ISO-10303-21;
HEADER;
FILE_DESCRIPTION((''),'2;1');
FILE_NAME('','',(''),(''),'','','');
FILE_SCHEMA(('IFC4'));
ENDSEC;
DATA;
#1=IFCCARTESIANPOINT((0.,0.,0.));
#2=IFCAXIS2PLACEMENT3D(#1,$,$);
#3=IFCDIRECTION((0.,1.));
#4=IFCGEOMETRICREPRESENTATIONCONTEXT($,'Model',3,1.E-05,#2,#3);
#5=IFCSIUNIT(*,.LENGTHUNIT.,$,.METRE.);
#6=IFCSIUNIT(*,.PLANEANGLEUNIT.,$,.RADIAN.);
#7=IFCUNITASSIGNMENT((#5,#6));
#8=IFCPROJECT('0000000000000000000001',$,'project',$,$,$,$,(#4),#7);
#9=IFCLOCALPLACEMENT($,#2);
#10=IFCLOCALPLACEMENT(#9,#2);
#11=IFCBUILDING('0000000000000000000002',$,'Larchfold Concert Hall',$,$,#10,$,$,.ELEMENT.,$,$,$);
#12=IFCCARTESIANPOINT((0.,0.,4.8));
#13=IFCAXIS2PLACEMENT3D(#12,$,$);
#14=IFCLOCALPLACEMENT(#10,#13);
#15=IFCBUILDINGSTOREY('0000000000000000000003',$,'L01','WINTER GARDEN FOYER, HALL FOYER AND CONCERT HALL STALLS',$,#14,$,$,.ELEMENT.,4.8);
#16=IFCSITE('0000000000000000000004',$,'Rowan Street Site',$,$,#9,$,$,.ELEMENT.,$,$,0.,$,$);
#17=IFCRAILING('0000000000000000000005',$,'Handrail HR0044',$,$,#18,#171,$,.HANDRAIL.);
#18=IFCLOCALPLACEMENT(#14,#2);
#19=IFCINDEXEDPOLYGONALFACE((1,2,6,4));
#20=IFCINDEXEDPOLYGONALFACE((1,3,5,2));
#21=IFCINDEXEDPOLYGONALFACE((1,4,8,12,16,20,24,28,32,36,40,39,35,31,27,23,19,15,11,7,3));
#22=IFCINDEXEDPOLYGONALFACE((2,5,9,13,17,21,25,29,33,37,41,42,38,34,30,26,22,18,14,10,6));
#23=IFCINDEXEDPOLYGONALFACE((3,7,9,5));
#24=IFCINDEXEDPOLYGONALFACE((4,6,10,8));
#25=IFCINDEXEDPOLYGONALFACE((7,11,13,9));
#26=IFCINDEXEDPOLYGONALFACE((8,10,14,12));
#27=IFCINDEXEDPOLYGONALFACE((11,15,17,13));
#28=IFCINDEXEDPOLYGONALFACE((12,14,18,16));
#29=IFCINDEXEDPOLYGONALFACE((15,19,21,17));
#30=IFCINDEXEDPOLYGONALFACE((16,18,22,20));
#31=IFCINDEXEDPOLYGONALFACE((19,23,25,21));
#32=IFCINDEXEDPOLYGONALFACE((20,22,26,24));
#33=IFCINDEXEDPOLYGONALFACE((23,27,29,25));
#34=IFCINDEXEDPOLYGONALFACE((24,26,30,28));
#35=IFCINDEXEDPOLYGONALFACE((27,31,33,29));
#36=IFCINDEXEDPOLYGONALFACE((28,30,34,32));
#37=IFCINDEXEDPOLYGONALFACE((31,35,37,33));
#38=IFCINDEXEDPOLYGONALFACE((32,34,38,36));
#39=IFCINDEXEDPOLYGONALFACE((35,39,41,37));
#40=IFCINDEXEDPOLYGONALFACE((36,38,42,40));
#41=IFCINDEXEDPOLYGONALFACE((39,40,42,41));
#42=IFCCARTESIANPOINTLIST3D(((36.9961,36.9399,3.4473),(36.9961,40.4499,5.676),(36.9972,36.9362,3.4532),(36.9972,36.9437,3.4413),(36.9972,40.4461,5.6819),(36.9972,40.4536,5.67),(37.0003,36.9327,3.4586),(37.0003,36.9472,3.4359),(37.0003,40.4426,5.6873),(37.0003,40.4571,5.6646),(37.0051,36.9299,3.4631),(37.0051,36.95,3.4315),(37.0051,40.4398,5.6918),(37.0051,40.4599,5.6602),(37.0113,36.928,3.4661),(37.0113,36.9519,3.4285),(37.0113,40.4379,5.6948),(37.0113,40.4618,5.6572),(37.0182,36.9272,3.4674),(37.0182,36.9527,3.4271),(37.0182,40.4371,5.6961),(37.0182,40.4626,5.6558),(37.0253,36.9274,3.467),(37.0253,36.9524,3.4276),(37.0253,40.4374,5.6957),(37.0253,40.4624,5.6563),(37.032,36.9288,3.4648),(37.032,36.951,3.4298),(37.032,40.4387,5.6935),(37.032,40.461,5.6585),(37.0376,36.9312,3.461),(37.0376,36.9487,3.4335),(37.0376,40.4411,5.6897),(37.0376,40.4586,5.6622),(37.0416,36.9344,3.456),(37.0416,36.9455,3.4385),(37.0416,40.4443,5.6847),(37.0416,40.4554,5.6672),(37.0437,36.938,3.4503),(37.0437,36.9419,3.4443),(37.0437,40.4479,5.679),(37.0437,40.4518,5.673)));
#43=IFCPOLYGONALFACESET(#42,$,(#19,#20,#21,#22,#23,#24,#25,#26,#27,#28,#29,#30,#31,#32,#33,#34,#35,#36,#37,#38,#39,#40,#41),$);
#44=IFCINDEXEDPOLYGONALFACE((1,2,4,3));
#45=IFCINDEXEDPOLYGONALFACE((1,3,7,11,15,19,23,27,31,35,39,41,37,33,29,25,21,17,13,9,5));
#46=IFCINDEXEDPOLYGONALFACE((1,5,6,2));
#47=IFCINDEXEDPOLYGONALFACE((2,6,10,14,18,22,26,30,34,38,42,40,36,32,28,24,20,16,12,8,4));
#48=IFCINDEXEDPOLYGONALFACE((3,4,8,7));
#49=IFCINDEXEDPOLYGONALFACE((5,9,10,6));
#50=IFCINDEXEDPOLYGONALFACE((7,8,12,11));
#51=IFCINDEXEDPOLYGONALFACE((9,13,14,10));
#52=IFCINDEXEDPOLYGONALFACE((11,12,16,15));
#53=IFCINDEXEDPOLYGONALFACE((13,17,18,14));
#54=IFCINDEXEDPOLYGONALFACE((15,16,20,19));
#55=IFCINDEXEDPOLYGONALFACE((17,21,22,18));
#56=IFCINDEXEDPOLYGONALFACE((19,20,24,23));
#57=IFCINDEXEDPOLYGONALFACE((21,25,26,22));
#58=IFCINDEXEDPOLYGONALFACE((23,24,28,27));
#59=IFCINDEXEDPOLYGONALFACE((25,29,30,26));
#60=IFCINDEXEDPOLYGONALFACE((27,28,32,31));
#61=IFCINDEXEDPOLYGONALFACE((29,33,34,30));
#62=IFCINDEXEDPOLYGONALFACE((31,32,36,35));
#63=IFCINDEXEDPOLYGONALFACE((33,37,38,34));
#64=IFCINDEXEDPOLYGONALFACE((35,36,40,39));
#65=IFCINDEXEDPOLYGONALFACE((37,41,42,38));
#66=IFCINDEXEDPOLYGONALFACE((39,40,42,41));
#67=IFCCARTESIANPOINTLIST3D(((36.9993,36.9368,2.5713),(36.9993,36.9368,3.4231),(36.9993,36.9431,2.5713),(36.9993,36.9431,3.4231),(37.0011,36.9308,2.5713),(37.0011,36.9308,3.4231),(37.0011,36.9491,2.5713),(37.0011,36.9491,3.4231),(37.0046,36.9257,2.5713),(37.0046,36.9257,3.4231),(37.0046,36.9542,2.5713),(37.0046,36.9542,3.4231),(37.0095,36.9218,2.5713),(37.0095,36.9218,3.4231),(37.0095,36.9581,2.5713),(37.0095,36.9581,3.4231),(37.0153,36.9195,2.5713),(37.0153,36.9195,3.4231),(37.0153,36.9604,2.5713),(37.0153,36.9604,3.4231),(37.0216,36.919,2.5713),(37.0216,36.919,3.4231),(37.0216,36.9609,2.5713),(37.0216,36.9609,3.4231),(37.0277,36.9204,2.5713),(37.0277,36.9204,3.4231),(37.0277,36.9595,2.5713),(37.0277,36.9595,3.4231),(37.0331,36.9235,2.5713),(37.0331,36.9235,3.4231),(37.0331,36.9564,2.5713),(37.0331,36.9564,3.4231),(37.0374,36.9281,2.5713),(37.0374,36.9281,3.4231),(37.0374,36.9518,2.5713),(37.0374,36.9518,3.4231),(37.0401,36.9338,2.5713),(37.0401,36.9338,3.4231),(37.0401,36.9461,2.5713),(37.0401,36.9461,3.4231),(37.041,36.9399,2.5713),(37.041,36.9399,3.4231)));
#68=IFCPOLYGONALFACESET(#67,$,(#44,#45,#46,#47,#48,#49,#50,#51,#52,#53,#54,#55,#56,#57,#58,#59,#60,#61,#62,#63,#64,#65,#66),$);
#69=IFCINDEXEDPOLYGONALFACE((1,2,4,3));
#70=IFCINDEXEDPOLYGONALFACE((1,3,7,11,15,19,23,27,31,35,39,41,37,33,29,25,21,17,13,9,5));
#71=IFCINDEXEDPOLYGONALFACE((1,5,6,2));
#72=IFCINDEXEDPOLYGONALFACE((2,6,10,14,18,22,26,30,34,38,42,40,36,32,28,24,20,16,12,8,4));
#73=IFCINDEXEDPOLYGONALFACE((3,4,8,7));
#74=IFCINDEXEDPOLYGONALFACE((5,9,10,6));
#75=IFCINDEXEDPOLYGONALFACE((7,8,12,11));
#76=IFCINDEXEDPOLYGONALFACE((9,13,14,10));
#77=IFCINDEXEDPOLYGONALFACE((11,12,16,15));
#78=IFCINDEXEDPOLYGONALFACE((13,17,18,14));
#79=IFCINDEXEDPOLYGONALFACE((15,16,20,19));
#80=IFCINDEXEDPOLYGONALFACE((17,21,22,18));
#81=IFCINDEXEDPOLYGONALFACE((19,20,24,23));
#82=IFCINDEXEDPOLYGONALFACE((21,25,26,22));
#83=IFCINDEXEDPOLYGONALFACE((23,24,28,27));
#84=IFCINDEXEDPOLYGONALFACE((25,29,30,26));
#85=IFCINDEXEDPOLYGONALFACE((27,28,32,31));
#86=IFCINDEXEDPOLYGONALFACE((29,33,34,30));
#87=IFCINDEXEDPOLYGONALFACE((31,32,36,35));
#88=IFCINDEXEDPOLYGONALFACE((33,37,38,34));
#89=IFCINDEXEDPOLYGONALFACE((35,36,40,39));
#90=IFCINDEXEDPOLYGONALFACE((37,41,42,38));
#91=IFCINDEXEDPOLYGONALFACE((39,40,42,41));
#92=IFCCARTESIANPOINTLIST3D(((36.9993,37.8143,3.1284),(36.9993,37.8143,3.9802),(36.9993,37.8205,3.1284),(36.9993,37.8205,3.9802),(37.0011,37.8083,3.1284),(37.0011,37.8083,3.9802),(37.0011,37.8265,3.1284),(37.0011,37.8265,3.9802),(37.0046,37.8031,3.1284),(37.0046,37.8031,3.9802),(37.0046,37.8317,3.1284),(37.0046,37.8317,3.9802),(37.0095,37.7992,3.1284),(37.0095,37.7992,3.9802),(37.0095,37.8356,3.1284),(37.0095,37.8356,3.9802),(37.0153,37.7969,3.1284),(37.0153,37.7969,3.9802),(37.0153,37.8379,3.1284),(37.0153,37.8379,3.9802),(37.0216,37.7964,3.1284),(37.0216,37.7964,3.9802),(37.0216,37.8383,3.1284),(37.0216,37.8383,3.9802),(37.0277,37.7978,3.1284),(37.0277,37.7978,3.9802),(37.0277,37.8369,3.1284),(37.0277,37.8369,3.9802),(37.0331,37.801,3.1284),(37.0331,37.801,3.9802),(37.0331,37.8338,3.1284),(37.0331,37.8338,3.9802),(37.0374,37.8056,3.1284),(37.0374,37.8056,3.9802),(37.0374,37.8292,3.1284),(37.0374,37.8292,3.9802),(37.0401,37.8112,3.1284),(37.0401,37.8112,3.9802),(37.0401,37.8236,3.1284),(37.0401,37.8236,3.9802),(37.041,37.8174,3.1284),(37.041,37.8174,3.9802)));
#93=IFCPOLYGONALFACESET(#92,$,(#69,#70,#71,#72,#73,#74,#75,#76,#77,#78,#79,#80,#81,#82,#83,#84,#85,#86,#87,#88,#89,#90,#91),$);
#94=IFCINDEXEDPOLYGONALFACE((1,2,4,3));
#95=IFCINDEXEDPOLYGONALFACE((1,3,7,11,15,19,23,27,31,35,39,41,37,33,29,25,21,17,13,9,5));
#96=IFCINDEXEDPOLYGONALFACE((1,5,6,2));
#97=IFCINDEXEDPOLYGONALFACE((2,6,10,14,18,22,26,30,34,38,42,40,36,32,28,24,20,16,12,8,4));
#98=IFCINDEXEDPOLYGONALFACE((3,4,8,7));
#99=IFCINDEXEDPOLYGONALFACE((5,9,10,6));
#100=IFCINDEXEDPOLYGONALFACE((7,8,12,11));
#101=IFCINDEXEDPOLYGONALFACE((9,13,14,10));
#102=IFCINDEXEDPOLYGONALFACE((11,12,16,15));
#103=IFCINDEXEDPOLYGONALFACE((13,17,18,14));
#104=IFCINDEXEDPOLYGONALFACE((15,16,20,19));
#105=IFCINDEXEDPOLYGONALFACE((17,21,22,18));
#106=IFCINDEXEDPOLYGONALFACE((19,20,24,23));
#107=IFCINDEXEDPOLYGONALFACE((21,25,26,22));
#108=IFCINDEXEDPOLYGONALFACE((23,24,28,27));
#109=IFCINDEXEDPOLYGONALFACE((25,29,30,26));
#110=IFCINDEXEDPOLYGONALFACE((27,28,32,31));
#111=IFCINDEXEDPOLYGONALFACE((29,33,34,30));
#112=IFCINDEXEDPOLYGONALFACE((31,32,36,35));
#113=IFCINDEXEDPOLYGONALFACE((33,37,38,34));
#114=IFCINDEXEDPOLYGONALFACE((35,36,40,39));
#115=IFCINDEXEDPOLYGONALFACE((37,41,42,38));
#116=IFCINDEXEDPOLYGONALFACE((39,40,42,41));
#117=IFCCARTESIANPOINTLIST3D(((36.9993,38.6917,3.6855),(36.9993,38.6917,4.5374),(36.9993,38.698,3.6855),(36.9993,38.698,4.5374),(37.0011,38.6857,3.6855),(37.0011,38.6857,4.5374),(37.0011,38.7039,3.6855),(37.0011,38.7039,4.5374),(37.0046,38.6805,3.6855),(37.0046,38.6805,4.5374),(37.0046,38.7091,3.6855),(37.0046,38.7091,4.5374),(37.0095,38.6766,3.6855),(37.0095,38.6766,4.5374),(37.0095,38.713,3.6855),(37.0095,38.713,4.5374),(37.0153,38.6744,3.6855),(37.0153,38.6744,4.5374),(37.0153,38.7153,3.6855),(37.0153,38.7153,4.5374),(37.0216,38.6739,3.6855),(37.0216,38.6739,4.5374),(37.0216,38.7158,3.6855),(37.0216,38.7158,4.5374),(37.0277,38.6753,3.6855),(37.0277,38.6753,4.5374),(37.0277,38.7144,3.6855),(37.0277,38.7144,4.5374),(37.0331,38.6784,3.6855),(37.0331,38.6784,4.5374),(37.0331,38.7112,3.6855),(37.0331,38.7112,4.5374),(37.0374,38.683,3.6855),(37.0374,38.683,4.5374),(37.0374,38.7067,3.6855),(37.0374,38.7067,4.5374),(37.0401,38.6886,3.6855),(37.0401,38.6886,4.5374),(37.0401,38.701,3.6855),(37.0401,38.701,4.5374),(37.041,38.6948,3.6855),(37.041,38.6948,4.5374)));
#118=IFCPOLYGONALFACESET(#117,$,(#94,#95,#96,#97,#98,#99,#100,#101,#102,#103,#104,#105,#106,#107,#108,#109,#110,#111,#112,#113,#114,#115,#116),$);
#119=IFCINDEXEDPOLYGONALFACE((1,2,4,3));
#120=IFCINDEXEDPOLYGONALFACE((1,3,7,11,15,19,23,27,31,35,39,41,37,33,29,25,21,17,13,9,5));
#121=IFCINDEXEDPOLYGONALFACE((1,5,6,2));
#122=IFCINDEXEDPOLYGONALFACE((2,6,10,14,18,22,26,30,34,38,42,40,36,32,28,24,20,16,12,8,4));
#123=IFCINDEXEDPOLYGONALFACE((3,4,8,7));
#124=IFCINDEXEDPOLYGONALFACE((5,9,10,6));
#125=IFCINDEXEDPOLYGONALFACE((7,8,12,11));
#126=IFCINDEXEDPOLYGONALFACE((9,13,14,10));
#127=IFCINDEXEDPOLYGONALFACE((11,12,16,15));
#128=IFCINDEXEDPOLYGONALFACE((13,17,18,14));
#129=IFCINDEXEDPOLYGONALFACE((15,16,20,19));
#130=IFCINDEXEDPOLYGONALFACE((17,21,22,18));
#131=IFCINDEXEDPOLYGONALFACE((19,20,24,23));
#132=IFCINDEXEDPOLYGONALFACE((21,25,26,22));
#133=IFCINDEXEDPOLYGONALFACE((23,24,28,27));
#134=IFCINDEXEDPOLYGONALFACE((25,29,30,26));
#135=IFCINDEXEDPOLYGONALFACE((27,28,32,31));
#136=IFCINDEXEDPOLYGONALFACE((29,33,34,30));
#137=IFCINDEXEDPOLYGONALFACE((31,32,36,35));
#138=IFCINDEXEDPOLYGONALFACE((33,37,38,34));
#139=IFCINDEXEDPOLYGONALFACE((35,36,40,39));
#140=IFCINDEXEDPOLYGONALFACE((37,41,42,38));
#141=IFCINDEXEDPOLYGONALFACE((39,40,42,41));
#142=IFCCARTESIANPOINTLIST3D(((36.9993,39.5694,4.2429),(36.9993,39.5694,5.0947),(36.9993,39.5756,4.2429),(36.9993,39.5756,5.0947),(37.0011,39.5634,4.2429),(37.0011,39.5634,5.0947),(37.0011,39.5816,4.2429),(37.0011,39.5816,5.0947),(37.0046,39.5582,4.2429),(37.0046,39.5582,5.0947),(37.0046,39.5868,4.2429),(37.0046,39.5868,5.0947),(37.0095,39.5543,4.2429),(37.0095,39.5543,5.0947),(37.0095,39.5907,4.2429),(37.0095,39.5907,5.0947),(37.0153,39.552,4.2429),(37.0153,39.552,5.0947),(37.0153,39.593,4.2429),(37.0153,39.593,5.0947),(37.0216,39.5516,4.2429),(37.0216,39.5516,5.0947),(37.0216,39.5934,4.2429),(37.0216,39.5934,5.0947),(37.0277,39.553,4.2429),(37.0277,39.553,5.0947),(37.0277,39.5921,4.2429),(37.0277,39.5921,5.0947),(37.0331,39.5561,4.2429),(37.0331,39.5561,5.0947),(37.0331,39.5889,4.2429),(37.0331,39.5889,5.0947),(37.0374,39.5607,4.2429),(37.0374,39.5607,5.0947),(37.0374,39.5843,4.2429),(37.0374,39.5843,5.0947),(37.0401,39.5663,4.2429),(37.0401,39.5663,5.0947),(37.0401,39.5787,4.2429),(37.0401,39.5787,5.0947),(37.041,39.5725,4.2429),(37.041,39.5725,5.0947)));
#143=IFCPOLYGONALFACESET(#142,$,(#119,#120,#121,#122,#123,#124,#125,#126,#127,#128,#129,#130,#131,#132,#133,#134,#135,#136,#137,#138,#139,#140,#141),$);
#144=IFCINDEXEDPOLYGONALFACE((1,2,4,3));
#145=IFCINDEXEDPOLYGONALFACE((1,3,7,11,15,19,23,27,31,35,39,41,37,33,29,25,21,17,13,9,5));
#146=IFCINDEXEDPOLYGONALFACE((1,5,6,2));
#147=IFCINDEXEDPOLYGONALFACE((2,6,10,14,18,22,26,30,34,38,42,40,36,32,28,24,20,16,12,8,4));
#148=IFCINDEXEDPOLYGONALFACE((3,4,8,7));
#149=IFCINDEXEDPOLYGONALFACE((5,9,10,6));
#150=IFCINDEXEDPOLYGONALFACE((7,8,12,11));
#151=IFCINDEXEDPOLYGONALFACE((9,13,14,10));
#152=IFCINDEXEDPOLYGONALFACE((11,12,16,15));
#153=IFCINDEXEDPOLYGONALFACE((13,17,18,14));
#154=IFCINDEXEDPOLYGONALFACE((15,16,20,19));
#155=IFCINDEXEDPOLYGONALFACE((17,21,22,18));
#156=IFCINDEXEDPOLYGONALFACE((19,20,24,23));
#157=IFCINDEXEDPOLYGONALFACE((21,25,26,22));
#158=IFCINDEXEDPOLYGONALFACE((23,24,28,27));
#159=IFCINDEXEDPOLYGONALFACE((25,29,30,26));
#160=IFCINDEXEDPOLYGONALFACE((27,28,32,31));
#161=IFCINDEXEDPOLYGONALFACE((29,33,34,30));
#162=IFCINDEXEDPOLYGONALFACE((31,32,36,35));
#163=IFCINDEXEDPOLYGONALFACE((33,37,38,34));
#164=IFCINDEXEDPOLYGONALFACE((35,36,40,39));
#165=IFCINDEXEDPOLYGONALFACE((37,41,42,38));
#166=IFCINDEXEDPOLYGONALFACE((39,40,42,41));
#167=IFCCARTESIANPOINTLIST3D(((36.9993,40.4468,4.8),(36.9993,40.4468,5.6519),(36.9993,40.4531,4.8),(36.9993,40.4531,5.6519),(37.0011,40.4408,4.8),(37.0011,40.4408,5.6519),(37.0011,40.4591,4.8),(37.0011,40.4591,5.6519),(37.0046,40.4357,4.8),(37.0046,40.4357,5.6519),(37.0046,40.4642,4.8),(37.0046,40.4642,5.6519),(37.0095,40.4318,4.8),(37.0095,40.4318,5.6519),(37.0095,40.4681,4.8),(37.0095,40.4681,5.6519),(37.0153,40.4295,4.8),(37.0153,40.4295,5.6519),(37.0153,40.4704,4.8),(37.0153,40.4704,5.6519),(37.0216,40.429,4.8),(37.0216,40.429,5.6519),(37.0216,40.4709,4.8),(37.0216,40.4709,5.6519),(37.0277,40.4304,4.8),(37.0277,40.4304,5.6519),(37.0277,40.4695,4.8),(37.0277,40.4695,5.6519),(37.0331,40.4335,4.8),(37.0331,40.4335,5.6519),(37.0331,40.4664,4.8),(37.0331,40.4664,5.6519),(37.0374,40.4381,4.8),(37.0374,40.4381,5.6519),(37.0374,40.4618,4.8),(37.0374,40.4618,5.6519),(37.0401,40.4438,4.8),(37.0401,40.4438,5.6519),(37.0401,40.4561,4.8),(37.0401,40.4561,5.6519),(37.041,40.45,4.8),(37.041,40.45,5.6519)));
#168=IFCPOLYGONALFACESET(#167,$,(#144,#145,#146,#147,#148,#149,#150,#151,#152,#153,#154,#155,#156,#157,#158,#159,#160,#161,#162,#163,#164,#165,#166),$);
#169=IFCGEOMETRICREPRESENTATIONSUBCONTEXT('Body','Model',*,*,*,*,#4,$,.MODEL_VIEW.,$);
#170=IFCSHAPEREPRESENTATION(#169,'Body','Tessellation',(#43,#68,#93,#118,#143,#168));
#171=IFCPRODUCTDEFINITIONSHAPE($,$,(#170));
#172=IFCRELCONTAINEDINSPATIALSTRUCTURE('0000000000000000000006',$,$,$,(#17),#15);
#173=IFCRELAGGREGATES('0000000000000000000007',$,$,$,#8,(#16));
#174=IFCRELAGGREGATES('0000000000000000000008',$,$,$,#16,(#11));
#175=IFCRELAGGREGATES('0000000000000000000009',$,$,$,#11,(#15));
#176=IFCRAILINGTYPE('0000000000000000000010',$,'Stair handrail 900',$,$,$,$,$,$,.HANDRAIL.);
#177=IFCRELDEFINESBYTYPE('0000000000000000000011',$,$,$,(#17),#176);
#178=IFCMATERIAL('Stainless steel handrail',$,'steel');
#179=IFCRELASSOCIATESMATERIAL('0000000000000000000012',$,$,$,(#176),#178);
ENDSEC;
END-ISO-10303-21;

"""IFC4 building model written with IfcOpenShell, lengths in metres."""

from ifc_helpers import new_model, si_unit, direction, frame, origin, origin_2d, place, context, subcontext, project, spatial, circle, extrude, material, type_object, element, save


model = new_model("IFC4")

# Units and contexts
model_context = context("Model", 3, precision=1e-05, world=origin(), true_north=direction((0.0, 1.0)))
body_context = subcontext(model_context, "Body", "Model", "MODEL_VIEW")
ifc_project = project(units=[si_unit("LENGTHUNIT", "METRE"), si_unit("PLANEANGLEUNIT", "RADIAN")], contexts=[model_context])

# Site, building, storey
site_placement = place(None, origin())
site = spatial("IfcSite", under=ifc_project, at=site_placement, Name="Rowan Street Site", CompositionType="ELEMENT", RefElevation=0.0)
building_placement = place(site_placement, origin())
building = spatial("IfcBuilding", under=site, at=building_placement, Name="Larchfold Concert Hall", CompositionType="ELEMENT")
storey_placement = place(building_placement, frame((0.0, 0.0, 4.8)))
storey = spatial("IfcBuildingStorey", under=building, at=storey_placement, Name="L01", Description="WINTER GARDEN FOYER, HALL FOYER AND CONCERT HALL STALLS", CompositionType="ELEMENT", Elevation=4.8)

# Railing
ifc_material_1 = material(Name="Stainless steel handrail", Category="steel")
railing_type_1 = type_object("IfcRailingType", Name="Stair handrail 900", PredefinedType="HANDRAIL", material=ifc_material_1)
railing_1_placement = place(storey_placement, frame((37.02, 36.9399, 2.5713)))
element("IfcRailing", 1, at=railing_1_placement, inside=storey, type_object=railing_type_1, Name="Handrail HR0044", PredefinedType="HANDRAIL", context=body_context, shape_type="SweptSolid", body=[
    extrude(circle(Radius=0.0239, at=origin_2d()), frame((0.0, 0.0, 0.876), z_axis=(0.0, 0.844193, 0.536039), x_axis=(-1.0, 0.0, 0.0)), (0.0, 0.0, 1.0), 4.1577),
    extrude(circle(Radius=0.021, at=origin_2d()), origin(), (0.0, 0.0, 1.0), 0.8518),
    extrude(circle(Radius=0.021, at=origin_2d()), frame((0.0, 0.8774, 0.5571)), (0.0, 0.0, 1.0), 0.8518),
    extrude(circle(Radius=0.021, at=origin_2d()), frame((0.0, 1.7549, 1.1143)), (0.0, 0.0, 1.0), 0.8518),
    extrude(circle(Radius=0.021, at=origin_2d()), frame((0.0, 2.6326, 1.6716)), (0.0, 0.0, 1.0), 0.8518),
    extrude(circle(Radius=0.021, at=origin_2d()), frame((0.0, 3.51, 2.2288)), (0.0, 0.0, 1.0), 0.8518),
])

save(model, "model.ifc")
